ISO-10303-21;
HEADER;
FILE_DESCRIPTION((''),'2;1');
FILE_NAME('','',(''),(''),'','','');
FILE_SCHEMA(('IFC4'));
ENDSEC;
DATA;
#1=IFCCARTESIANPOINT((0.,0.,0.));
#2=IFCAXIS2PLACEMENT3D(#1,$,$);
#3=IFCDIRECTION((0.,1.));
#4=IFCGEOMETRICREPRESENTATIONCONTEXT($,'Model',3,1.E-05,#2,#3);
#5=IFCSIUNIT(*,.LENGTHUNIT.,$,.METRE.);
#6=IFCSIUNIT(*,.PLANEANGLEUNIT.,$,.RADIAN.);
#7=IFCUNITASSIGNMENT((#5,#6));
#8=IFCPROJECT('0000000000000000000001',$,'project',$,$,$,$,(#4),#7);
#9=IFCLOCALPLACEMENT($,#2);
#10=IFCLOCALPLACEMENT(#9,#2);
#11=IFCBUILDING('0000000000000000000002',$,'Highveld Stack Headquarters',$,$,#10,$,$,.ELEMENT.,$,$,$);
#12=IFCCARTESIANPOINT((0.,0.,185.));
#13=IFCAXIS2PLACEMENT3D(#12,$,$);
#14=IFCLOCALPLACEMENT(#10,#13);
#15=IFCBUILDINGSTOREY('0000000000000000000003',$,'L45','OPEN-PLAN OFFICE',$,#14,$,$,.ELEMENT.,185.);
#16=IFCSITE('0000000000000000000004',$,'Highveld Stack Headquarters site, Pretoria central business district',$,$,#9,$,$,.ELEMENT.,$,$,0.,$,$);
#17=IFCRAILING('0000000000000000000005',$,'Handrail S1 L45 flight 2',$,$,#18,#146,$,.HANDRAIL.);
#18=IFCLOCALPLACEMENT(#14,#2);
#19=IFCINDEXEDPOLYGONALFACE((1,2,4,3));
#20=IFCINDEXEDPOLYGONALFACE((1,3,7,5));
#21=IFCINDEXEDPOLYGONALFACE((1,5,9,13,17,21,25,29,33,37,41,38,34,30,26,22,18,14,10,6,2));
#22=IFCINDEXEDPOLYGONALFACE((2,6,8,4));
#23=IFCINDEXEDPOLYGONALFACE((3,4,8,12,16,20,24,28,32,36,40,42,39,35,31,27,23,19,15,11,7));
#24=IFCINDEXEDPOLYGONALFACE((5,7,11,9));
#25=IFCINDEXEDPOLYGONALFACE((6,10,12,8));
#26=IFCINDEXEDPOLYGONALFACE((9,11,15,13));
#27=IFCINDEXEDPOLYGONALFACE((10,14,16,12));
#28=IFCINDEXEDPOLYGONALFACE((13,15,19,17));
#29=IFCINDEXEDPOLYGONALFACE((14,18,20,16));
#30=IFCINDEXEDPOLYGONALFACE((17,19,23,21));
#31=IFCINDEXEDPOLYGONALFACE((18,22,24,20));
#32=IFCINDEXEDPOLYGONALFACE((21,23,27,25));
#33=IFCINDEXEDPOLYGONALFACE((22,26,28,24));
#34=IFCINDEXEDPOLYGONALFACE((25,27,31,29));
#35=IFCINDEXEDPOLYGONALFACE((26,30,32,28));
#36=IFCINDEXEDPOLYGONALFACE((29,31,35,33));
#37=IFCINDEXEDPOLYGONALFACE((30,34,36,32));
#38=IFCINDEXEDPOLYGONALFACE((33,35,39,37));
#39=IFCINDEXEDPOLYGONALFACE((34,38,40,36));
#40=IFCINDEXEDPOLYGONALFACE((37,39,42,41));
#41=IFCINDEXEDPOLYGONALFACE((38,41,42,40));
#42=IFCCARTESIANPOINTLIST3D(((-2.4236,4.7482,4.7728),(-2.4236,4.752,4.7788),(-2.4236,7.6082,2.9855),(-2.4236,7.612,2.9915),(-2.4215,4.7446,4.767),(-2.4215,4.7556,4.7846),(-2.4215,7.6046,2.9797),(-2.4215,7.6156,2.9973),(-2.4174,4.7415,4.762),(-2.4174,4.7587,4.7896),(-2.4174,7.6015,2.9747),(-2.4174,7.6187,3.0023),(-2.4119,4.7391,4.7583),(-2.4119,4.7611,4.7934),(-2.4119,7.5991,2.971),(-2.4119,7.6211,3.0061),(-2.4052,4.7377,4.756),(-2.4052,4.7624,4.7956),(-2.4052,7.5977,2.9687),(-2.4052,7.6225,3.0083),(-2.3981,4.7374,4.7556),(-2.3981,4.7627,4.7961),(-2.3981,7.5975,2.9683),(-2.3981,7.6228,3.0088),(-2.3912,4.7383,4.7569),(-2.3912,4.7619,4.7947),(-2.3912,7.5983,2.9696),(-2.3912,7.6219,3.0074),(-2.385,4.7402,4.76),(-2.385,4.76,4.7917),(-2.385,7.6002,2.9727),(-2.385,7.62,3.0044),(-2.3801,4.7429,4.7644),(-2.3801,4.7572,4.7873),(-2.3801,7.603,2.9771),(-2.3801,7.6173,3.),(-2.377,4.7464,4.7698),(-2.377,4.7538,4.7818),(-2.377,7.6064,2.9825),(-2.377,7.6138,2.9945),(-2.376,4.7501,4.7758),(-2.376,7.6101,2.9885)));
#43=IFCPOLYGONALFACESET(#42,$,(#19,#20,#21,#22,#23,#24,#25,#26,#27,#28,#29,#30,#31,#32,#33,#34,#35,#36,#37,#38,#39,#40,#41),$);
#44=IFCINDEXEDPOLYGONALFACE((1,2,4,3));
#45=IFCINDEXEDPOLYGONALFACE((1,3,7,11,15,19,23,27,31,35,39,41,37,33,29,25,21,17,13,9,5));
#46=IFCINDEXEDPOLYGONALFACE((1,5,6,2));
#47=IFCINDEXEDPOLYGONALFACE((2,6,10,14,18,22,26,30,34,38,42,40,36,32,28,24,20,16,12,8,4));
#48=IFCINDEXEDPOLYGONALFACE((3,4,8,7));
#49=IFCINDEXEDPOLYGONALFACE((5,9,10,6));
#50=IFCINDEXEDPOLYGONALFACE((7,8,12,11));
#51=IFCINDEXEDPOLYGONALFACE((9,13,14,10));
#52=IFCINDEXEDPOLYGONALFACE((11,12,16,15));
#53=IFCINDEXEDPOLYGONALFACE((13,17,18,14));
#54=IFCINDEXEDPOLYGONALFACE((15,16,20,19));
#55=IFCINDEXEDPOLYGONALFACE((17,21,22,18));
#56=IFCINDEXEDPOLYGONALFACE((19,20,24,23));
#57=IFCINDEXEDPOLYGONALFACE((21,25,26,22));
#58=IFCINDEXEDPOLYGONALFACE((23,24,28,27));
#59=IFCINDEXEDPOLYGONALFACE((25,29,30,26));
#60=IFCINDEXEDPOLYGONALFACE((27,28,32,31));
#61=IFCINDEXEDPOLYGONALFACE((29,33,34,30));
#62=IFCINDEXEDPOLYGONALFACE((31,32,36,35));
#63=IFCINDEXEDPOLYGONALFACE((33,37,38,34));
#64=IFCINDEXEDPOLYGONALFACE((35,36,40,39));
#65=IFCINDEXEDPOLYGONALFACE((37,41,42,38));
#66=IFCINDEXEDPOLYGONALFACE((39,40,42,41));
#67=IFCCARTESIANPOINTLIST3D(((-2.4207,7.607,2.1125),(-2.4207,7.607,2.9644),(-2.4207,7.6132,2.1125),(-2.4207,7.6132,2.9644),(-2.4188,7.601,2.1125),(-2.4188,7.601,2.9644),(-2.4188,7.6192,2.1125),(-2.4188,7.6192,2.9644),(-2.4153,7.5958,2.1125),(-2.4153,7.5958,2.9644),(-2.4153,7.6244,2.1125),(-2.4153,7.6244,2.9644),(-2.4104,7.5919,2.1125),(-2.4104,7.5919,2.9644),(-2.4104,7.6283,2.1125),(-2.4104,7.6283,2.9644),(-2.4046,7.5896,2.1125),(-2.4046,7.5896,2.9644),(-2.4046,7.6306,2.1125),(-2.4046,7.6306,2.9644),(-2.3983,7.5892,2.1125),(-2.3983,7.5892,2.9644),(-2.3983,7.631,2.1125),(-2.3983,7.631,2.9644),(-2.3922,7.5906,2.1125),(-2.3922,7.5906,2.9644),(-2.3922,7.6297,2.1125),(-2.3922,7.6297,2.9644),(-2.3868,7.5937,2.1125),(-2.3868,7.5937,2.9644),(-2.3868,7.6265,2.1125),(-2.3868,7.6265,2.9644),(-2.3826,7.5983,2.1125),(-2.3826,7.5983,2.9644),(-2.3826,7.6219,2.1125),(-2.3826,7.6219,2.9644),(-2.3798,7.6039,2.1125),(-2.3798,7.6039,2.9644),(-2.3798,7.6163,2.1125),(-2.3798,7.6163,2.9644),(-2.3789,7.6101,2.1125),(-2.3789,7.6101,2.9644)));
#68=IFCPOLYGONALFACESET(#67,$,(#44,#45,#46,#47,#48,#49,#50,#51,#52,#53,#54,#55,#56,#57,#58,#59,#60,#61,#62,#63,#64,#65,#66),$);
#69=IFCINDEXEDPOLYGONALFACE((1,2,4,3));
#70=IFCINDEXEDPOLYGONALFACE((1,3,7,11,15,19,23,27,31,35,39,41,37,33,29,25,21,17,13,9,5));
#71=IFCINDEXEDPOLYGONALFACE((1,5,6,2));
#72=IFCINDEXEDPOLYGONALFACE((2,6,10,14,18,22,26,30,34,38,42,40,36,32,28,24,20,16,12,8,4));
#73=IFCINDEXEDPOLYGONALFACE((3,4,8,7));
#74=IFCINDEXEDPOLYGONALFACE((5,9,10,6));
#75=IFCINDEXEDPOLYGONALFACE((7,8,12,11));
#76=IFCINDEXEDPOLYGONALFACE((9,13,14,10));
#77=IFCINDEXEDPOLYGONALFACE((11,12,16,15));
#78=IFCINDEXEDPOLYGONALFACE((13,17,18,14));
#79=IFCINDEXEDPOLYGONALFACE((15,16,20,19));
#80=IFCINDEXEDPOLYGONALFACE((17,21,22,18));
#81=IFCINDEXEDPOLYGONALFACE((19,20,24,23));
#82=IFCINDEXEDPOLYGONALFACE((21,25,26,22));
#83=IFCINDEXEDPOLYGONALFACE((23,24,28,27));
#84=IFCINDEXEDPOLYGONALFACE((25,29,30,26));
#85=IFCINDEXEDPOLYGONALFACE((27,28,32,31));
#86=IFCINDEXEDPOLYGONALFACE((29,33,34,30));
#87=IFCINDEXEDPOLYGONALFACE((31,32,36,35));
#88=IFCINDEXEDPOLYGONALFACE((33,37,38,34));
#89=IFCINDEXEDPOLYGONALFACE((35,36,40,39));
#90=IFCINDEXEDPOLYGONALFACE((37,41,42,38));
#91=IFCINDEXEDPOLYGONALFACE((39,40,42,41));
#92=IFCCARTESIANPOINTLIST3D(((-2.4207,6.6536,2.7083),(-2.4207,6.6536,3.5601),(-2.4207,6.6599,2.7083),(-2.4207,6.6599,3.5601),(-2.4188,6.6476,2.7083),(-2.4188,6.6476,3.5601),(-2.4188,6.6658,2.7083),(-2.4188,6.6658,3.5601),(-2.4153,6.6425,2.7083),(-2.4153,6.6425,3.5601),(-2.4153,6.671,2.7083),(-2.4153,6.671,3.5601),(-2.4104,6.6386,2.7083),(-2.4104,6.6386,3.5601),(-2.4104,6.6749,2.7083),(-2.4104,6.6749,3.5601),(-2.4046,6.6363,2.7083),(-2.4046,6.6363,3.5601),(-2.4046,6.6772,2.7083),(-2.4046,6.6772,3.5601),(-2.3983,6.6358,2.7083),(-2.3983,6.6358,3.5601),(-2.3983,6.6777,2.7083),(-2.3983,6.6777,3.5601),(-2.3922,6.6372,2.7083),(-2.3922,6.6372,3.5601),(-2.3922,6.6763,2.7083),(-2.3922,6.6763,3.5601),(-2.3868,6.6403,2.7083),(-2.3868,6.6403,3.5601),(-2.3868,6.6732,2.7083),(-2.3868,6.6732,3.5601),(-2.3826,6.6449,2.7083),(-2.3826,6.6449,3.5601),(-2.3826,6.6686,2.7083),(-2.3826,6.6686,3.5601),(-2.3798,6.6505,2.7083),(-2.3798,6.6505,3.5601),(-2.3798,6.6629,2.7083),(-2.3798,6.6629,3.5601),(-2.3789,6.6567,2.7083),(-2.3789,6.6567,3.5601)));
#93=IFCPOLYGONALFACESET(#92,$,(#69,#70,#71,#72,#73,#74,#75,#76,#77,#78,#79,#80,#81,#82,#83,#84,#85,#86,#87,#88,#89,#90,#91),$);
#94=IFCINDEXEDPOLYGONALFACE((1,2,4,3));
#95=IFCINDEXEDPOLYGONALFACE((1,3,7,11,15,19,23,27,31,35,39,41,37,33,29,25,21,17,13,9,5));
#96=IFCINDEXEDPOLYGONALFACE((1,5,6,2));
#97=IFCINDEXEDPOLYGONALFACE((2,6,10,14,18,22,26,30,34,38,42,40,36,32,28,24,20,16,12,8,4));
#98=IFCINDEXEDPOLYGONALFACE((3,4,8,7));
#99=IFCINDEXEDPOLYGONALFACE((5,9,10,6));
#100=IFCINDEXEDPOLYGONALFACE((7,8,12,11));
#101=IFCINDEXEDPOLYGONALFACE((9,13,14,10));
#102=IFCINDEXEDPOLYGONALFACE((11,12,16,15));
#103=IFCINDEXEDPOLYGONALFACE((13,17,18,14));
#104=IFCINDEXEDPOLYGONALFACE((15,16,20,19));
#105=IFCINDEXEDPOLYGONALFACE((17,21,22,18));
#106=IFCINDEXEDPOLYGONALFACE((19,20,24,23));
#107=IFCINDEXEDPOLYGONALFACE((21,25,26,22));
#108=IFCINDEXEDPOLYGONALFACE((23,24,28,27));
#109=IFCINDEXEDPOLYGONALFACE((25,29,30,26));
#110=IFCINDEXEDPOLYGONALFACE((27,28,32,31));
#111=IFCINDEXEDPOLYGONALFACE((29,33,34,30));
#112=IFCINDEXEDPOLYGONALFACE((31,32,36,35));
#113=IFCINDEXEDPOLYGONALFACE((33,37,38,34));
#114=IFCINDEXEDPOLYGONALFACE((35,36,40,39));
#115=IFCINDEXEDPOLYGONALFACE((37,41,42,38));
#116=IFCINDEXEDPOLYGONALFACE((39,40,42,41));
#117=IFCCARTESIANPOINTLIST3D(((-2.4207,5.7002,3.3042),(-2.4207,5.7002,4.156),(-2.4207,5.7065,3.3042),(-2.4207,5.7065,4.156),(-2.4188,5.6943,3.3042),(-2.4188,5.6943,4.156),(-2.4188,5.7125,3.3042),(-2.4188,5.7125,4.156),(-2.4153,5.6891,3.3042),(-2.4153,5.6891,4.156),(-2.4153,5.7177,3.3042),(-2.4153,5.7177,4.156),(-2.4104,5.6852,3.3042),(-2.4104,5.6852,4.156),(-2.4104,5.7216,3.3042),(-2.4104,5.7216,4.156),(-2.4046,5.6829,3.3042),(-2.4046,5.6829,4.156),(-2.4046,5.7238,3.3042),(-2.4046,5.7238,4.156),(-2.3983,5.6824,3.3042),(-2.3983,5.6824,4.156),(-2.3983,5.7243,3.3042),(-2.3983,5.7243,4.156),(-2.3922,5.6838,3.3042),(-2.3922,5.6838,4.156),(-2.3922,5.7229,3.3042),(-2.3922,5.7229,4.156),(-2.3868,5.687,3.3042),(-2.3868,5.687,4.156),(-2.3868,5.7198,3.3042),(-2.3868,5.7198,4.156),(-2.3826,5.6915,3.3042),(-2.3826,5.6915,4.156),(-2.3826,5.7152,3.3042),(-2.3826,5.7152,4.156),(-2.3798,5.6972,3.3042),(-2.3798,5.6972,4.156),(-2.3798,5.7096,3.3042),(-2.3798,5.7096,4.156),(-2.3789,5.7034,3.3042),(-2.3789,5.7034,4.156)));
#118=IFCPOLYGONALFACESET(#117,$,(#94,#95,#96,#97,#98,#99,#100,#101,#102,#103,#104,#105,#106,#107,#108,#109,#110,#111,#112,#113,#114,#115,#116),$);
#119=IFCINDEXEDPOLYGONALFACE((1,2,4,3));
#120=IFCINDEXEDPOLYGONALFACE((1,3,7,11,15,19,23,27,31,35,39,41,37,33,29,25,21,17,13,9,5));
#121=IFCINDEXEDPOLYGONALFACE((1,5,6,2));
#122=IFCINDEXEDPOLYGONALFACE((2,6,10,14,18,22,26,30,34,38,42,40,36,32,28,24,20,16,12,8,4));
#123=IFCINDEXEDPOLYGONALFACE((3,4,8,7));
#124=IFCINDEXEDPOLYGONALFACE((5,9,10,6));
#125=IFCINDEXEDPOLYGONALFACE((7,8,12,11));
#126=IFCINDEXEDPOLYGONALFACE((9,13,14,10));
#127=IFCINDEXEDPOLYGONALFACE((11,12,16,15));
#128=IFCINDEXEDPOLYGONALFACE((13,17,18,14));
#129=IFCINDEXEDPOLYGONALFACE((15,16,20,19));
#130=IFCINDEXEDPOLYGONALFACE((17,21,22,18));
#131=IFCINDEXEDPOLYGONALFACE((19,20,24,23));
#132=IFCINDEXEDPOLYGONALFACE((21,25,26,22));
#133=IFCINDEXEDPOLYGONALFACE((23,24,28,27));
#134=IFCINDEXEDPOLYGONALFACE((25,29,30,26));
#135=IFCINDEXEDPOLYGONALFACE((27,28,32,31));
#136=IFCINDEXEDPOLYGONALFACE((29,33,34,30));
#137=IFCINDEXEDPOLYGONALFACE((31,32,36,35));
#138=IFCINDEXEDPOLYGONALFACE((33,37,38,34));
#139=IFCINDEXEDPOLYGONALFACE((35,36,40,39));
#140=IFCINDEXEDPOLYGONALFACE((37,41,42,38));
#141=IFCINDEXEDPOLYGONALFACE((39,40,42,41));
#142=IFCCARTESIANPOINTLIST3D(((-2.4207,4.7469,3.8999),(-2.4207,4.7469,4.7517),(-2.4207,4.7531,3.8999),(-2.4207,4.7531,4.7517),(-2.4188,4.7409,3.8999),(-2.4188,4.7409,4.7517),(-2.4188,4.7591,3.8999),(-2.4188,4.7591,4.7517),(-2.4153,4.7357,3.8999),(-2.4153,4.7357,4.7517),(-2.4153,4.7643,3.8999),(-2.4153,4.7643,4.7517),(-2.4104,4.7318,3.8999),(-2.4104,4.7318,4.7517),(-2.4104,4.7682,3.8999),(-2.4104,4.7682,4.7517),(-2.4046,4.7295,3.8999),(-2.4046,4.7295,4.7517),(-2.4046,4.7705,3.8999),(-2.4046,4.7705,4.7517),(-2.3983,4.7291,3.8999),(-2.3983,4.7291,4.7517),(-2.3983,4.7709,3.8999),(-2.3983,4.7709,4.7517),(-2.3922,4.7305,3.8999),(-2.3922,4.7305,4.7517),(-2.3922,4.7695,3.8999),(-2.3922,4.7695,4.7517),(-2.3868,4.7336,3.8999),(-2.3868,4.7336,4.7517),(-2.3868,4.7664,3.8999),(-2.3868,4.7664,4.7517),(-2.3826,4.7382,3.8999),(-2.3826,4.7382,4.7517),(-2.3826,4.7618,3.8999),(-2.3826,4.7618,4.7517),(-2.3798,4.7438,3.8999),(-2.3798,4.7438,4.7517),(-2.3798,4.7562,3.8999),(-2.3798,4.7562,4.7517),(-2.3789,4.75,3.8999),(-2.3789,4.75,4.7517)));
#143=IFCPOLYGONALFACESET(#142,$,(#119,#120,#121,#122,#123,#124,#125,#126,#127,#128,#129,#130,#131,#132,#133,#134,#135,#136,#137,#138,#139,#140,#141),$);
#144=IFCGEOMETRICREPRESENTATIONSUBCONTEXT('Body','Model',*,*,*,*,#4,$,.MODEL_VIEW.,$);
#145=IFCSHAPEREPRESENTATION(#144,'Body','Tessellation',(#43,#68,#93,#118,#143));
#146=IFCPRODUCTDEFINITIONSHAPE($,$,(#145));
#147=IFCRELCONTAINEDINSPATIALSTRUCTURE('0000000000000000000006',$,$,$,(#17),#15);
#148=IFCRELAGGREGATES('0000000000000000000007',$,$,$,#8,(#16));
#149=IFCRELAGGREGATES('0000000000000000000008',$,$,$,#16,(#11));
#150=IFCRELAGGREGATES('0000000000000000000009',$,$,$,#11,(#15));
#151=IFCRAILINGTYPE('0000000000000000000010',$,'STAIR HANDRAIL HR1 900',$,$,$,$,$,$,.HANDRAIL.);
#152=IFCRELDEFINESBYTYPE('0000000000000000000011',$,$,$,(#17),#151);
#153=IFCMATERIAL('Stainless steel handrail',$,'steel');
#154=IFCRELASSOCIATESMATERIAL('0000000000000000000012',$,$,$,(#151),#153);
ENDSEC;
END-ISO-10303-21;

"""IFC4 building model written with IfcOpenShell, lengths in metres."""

from ifc_helpers import new_model, si_unit, direction, frame, origin, origin_2d, place, context, subcontext, project, spatial, circle, extrude, material, type_object, element, save


model = new_model("IFC4")

# Units and contexts
model_context = context("Model", 3, precision=1e-05, world=origin(), true_north=direction((0.0, 1.0)))
body_context = subcontext(model_context, "Body", "Model", "MODEL_VIEW")
ifc_project = project(units=[si_unit("LENGTHUNIT", "METRE"), si_unit("PLANEANGLEUNIT", "RADIAN")], contexts=[model_context])

# Site, building, storey
site_placement = place(None, origin())
site = spatial("IfcSite", under=ifc_project, at=site_placement, Name="Highveld Stack Headquarters site, Pretoria central business district", CompositionType="ELEMENT", RefElevation=0.0)
building_placement = place(site_placement, origin())
building = spatial("IfcBuilding", under=site, at=building_placement, Name="Highveld Stack Headquarters", CompositionType="ELEMENT")
storey_placement = place(building_placement, frame((0.0, 0.0, 185.0)))
storey = spatial("IfcBuildingStorey", under=building, at=storey_placement, Name="L45", Description="OPEN-PLAN OFFICE", CompositionType="ELEMENT", Elevation=185.0)

# Railing
ifc_material_1 = material(Name="Stainless steel handrail", Category="steel")
railing_type = type_object("IfcRailingType", Name="STAIR HANDRAIL HR1 900", PredefinedType="HANDRAIL", material=ifc_material_1)
for number, where, name in (
    (1, (-2.3999, 7.6101, 2.1125), "Handrail S1 L45 flight 2"),
):
    element("IfcRailing", number, at=place(storey_placement, frame(where)), inside=storey, type_object=railing_type, Name=name, PredefinedType="HANDRAIL", context=body_context, shape_type="SweptSolid", body=[
        extrude(circle(Radius=0.0239, at=origin_2d()), frame((0.0, 0.0, 0.876), z_axis=(0.0, -0.848027, 0.529953), x_axis=(1.0, 0.0, 0.0)), (0.0, 0.0, 1.0), 3.3726),
        extrude(circle(Radius=0.021, at=origin_2d()), origin(), (0.0, 0.0, 1.0), 0.8518),
        extrude(circle(Radius=0.021, at=origin_2d()), frame((0.0, -0.9534, 0.5957)), (0.0, 0.0, 1.0), 0.8518),
        extrude(circle(Radius=0.021, at=origin_2d()), frame((0.0, -1.9067, 1.1917)), (0.0, 0.0, 1.0), 0.8518),
        extrude(circle(Radius=0.021, at=origin_2d()), frame((0.0, -2.8601, 1.7874)), (0.0, 0.0, 1.0), 0.8518),
    ])

save(model, "model.ifc")
